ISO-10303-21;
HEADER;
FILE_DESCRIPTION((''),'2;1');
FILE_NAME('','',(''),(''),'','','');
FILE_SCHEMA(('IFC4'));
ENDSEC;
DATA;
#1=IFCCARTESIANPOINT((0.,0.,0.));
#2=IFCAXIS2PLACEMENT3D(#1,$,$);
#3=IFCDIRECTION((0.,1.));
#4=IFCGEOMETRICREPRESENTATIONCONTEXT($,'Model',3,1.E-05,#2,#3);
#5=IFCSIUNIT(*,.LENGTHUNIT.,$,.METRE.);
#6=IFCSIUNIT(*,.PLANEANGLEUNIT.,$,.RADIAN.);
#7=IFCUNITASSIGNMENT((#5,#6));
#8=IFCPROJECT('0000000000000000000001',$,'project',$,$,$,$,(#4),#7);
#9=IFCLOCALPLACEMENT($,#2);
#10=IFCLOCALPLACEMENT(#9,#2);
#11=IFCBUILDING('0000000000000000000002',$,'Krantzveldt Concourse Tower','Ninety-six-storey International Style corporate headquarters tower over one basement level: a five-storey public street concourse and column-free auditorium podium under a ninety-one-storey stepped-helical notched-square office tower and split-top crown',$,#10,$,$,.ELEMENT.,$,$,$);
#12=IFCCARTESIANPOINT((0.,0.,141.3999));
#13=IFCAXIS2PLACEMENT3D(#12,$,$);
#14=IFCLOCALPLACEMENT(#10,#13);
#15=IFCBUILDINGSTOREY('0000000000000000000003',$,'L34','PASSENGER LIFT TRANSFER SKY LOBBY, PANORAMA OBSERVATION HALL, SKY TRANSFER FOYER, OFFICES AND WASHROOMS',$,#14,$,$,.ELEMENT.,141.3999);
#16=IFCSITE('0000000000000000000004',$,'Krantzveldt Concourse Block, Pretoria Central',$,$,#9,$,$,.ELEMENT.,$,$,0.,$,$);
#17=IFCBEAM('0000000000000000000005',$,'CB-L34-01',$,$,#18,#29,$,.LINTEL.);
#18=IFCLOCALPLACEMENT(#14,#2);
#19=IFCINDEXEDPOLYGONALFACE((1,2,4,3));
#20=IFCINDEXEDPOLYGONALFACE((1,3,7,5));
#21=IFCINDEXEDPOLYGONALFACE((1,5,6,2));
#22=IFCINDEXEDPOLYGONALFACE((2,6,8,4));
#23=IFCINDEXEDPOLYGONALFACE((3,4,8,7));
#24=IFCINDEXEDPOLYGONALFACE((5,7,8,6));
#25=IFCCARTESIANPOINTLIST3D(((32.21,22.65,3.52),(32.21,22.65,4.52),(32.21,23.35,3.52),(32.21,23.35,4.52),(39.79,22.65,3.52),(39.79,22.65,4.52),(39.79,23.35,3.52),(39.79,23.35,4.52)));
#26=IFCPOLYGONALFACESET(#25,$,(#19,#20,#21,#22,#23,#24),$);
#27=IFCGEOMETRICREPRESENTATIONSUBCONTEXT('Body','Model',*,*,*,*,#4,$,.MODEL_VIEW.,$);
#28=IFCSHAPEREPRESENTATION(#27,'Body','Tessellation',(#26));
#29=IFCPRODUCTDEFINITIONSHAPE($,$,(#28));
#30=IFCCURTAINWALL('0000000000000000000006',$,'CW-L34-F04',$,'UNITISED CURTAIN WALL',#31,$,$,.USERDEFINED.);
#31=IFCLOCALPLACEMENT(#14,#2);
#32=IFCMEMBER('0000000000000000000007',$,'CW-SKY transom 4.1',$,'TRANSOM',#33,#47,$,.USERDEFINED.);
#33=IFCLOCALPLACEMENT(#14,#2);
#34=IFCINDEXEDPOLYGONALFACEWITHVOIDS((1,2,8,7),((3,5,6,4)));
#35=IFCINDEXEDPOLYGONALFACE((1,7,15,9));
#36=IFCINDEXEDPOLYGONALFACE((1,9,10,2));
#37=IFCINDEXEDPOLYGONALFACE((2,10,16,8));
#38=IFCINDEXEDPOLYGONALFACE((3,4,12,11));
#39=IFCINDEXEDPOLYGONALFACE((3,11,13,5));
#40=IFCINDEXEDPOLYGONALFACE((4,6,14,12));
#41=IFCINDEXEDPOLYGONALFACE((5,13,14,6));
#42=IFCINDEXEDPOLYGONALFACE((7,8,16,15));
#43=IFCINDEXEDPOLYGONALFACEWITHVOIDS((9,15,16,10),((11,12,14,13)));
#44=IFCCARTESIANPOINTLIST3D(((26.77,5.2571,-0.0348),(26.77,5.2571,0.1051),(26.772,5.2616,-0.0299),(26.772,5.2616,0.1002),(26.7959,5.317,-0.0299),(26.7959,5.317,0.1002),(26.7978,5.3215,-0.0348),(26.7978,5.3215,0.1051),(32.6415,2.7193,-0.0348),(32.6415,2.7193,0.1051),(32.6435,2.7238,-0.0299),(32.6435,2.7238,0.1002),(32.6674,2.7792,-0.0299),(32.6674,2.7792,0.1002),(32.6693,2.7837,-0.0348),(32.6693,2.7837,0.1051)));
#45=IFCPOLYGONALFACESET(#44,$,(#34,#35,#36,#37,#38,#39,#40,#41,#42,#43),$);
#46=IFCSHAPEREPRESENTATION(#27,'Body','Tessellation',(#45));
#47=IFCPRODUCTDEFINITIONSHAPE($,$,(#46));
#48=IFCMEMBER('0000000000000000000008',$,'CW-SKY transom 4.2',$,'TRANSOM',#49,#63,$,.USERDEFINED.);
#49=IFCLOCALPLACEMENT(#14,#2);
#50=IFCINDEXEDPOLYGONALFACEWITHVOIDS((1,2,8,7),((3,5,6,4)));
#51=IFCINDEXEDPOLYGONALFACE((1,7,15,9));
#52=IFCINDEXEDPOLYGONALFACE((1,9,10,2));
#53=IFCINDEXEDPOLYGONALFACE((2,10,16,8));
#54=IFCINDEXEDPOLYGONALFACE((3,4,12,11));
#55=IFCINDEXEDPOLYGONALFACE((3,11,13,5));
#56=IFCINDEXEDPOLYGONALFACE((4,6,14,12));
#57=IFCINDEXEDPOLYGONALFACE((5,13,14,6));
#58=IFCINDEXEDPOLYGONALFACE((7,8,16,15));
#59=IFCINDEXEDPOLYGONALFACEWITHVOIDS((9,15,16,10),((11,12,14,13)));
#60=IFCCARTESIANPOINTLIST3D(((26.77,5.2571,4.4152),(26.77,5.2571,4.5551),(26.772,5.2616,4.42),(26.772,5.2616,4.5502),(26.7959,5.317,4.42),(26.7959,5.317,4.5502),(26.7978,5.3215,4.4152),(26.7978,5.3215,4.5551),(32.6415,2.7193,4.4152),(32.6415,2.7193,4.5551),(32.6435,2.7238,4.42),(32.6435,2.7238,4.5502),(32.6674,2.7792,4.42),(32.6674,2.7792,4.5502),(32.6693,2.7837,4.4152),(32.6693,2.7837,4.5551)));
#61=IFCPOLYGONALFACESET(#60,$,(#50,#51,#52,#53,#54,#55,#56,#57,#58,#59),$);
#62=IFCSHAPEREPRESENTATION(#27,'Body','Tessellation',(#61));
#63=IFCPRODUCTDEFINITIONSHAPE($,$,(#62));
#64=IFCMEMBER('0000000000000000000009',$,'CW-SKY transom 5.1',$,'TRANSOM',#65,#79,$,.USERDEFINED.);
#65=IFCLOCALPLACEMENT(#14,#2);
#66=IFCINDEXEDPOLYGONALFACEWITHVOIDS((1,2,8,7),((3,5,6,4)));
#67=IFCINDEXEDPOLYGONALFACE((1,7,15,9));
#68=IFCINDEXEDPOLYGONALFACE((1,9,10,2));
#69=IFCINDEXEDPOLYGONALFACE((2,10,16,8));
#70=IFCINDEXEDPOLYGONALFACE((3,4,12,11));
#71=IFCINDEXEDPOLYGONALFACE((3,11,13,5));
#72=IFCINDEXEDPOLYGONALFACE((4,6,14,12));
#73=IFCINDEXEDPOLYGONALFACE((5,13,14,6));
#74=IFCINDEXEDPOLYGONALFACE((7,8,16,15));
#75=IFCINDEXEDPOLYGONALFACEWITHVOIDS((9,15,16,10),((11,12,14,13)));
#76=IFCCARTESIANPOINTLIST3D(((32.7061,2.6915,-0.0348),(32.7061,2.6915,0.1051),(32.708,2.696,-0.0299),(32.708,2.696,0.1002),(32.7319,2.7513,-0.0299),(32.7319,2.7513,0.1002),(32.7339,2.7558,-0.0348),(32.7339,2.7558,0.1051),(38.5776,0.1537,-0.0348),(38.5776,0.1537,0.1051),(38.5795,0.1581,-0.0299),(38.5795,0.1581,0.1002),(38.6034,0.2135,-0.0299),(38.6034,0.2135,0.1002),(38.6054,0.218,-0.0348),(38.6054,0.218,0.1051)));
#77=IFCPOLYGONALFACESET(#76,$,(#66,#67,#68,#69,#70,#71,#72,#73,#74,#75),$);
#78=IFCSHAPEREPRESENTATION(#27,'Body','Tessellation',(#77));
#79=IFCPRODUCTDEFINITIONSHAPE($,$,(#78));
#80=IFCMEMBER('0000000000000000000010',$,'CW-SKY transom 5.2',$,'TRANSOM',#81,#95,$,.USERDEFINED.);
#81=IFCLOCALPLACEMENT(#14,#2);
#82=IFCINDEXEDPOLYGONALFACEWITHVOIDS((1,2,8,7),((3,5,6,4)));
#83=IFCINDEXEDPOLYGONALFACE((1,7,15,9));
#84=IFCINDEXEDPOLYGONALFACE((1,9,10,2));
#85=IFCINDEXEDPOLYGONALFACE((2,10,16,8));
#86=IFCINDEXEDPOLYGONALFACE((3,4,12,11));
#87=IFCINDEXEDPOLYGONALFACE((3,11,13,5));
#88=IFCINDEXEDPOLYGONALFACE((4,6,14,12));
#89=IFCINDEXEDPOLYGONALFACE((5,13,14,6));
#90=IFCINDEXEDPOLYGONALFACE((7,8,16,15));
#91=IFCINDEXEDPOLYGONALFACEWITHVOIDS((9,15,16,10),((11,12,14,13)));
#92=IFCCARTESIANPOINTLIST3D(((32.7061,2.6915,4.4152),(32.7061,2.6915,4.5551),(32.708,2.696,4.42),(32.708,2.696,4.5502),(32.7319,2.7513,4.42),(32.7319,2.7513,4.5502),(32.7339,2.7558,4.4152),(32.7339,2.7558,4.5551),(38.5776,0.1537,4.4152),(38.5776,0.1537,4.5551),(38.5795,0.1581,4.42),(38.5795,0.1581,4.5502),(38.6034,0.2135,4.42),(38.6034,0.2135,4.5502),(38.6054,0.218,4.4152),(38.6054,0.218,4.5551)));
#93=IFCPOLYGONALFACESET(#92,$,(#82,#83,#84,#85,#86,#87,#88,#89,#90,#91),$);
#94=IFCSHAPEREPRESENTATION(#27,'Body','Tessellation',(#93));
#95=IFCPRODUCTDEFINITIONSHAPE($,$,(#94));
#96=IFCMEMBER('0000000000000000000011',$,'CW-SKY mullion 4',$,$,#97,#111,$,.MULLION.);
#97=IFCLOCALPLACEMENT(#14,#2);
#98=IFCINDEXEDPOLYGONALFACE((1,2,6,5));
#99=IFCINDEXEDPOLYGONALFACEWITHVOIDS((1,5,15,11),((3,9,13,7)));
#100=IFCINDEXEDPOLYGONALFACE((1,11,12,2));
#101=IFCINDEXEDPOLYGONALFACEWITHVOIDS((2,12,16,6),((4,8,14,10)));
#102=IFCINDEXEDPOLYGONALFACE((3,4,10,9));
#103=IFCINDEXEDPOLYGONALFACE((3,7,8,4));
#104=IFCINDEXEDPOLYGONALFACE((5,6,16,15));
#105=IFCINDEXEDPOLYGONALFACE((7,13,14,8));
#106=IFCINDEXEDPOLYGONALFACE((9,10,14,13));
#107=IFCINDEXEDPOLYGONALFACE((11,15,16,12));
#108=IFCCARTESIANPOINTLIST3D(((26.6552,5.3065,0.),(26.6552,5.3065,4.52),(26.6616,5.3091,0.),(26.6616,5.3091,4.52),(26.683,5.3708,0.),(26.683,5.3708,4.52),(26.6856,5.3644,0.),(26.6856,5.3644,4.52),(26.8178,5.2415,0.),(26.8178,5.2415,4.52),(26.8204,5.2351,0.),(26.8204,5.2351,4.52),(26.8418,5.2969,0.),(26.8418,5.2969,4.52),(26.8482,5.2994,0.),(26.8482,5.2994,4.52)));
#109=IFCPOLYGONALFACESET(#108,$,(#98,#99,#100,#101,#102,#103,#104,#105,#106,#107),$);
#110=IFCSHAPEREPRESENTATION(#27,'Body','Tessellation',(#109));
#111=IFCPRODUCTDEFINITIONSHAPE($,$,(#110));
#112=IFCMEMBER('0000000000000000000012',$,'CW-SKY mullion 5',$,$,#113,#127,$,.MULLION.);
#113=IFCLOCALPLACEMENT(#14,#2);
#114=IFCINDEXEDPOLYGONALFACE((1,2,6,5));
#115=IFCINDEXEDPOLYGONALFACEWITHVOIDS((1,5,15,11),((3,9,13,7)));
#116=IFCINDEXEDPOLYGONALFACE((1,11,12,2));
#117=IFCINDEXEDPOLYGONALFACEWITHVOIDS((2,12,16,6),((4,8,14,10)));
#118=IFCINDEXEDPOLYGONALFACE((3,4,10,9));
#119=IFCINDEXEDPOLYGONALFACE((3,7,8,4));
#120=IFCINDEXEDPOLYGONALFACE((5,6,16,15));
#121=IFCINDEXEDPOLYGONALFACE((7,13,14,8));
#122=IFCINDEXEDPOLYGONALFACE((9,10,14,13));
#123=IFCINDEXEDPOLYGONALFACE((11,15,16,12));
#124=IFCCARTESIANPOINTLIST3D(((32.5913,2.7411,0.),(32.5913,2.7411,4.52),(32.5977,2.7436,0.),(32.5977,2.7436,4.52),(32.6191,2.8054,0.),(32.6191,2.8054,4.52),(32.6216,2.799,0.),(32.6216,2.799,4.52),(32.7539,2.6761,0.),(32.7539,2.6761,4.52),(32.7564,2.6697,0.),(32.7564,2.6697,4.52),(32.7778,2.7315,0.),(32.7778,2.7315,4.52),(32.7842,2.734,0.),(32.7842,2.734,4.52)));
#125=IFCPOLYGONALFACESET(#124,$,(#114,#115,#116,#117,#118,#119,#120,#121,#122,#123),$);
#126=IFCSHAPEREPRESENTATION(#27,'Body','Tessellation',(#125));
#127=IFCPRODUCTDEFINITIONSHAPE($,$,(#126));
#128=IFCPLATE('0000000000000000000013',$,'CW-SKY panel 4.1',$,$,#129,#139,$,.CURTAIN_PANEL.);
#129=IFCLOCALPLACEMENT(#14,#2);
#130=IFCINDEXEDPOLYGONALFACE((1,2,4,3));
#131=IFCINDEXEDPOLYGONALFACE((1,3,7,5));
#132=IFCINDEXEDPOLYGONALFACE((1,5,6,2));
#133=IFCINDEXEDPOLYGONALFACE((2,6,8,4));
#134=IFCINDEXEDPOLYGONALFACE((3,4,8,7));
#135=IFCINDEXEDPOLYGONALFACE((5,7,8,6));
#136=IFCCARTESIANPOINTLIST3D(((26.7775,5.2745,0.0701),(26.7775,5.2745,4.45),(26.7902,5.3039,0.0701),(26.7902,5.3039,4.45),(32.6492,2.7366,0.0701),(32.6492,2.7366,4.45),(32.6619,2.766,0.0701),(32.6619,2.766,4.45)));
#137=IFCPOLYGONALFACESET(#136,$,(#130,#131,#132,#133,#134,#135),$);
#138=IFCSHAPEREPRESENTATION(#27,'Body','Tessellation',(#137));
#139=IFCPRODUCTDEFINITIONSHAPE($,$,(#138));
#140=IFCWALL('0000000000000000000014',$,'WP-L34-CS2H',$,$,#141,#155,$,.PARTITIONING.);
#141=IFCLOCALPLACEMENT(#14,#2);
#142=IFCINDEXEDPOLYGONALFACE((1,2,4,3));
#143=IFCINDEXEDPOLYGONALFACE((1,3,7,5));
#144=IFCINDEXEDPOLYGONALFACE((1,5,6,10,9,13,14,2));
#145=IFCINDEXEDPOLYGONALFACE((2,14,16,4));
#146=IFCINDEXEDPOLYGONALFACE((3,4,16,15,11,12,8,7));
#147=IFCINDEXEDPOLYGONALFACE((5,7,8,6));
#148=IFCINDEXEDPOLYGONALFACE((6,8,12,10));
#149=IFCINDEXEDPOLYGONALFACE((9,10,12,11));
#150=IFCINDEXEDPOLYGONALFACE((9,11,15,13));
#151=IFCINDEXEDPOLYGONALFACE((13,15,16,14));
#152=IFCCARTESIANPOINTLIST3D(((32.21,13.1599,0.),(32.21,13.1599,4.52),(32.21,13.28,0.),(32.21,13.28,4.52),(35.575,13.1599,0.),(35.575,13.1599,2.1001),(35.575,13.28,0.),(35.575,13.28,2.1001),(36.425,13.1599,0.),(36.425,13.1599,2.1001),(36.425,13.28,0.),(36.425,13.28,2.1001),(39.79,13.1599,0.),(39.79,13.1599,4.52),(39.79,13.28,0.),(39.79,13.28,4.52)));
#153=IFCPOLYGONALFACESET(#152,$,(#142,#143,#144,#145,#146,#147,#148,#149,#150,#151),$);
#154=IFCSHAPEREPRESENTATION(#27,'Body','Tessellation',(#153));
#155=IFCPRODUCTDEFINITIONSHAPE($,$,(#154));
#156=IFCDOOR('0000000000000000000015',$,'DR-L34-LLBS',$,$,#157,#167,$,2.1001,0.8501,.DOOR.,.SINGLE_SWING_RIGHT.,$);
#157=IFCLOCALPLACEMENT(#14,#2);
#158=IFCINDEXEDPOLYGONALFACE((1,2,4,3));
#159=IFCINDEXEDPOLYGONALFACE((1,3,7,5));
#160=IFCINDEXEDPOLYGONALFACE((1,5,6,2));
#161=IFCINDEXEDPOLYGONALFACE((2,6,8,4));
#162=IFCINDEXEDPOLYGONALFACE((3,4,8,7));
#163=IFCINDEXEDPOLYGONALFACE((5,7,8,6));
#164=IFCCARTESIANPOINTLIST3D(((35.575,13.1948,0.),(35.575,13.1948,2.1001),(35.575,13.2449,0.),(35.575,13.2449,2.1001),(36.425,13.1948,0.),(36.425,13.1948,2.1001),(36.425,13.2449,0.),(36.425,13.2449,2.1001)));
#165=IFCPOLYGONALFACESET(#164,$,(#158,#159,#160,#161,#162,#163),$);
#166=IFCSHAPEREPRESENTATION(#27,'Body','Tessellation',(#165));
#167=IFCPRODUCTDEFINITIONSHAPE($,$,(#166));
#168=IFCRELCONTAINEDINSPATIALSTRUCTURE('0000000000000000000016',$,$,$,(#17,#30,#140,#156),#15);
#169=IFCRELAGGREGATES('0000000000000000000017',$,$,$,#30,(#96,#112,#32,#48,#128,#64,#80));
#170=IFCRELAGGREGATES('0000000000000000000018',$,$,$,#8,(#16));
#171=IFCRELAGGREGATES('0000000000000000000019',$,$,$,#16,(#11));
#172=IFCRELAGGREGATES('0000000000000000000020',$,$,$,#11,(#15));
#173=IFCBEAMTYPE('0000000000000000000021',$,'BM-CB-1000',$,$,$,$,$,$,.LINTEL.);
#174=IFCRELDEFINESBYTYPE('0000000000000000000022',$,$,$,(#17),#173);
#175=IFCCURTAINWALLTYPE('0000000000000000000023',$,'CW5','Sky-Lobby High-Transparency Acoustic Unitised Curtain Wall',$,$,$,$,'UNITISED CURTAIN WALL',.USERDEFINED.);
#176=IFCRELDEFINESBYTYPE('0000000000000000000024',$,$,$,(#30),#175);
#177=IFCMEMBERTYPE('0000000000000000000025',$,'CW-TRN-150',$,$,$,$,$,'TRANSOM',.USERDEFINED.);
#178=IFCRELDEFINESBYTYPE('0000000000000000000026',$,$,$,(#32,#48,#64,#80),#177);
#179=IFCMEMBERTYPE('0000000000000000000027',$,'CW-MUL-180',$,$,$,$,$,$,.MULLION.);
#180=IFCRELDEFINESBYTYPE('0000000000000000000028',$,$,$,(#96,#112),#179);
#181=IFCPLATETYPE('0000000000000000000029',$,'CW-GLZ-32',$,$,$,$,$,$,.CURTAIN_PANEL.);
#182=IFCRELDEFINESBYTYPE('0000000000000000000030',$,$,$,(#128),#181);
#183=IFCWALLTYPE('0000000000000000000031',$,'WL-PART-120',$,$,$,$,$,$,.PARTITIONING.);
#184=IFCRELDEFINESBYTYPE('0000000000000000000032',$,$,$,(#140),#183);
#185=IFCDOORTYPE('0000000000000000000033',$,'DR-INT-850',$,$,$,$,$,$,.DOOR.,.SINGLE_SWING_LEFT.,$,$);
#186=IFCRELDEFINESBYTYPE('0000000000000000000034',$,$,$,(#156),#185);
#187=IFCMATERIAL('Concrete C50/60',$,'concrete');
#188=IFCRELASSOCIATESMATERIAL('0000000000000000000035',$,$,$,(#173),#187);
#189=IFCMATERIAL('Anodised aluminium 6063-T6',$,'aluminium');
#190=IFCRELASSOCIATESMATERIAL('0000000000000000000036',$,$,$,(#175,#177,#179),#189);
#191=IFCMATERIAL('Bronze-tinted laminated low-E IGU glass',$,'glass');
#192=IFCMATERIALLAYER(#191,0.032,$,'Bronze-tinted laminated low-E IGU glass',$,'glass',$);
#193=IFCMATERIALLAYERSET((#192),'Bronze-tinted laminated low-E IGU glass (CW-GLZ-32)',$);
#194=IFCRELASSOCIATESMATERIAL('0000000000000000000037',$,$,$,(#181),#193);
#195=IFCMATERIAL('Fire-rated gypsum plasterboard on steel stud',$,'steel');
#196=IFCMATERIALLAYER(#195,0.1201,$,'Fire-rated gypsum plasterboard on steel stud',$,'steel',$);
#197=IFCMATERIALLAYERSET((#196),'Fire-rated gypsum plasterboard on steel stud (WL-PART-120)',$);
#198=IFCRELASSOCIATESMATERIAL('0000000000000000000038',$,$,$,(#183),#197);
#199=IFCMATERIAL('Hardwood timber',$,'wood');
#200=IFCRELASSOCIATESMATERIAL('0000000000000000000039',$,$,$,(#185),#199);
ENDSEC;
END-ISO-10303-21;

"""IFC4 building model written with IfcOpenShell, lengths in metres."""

from ifc_helpers import new_model, si_unit, direction, frame, frame_2d, origin, origin_2d, place, context, subcontext, project, spatial, rectangle, hollow_rectangle, extrude, source, transform, mapped, material, layer, layer_set, material_profile, profile_set, type_object, type_shapes, element, fill, aggregate, save


model = new_model("IFC4")

# Units and contexts
model_context = context("Model", 3, precision=1e-05, world=origin(), true_north=direction((0.0, 1.0)))
body_context = subcontext(model_context, "Body", "Model", "MODEL_VIEW")
ifc_project = project(units=[si_unit("LENGTHUNIT", "METRE"), si_unit("PLANEANGLEUNIT", "RADIAN")], contexts=[model_context])

# Site, building, storey
site_placement = place(None, origin())
site = spatial("IfcSite", under=ifc_project, at=site_placement, Name="Krantzveldt Concourse Block, Pretoria Central", CompositionType="ELEMENT", RefElevation=0.0)
building_placement = place(site_placement, origin())
building = spatial("IfcBuilding", under=site, at=building_placement, Name="Krantzveldt Concourse Tower", Description="Ninety-six-storey International Style corporate headquarters tower over one basement level: a five-storey public street concourse and column-free auditorium podium under a ninety-one-storey stepped-helical notched-square office tower and split-top crown", CompositionType="ELEMENT")
storey_placement = place(building_placement, frame((0.0, 0.0, 141.3999)))
storey = spatial("IfcBuildingStorey", under=building, at=storey_placement, Name="L34", Description="PASSENGER LIFT TRANSFER SKY LOBBY, PANORAMA OBSERVATION HALL, SKY TRANSFER FOYER, OFFICES AND WASHROOMS", CompositionType="ELEMENT", Elevation=141.3999)

# Beam
ifc_material_1 = material(Name="Concrete C50/60", Category="concrete")
ifc_material_profile_1 = material_profile(ifc_material_1, rectangle(XDim=0.7, YDim=1.0, at=origin_2d()), Name="Concrete C50/60", Category="concrete")
ifc_profile_set_1 = profile_set([ifc_material_profile_1], Name="Concrete C50/60 - RC-CB 700x1000")
beam_type = type_object("IfcBeamType", Name="BM-CB-1000", PredefinedType="LINTEL", material=ifc_profile_set_1)
shared_shape_1 = source(origin(), body_context, "Body", "SweptSolid", [
    extrude(rectangle(XDim=0.7, YDim=1.0, at=origin_2d()), origin(), (0.0, 0.0, 1.0), 7.5801),
])
type_shapes(beam_type, [shared_shape_1])
beam_placement = place(storey_placement, frame((32.21, 23.0, 4.02), z_axis=(1.0, 0.0, 0.0), x_axis=(0.0, 1.0, 0.0)))
element("IfcBeam", 1, at=beam_placement, inside=storey, type_object=beam_type, Name="CB-L34-01", PredefinedType="LINTEL", context=body_context, shape_type="MappedRepresentation", body=[
    mapped(shared_shape_1, transform((0.0, 0.0, 0.0), x_axis=(1.0, 0.0, 0.0), y_axis=(0.0, 1.0, 0.0), z_axis=(0.0, 0.0, 1.0), scale=1.0)),
])

# Curtain wall, members, plate
ifc_material_2 = material(Name="Anodised aluminium 6063-T6", Category="aluminium")
curtain_wall_type = type_object("IfcCurtainWallType", Name="CW5", Description="Sky-Lobby High-Transparency Acoustic Unitised Curtain Wall", ElementType="UNITISED CURTAIN WALL", PredefinedType="USERDEFINED", material=ifc_material_2)
curtain_wall_placement = place(storey_placement, origin())
curtain_wall = element("IfcCurtainWall", 2, at=curtain_wall_placement, inside=storey, type_object=curtain_wall_type, Name="CW-L34-F04", ObjectType="UNITISED CURTAIN WALL", PredefinedType="USERDEFINED")
ifc_material_profile_2 = material_profile(ifc_material_2, hollow_rectangle(XDim=0.0701, YDim=0.1399, WallThickness=0.0049, at=origin_2d()), Name="Anodised aluminium 6063-T6", Category="aluminium")
ifc_profile_set_2 = profile_set([ifc_material_profile_2], Name="Anodised aluminium 6063-T6 - ALU-TRAN 140x70x5")
member_type_1 = type_object("IfcMemberType", Name="CW-TRN-150", ElementType="TRANSOM", PredefinedType="USERDEFINED", material=ifc_profile_set_2)
shared_shape_2 = source(origin(), body_context, "Body", "SweptSolid", [
    extrude(hollow_rectangle(XDim=0.0701, YDim=0.1399, WallThickness=0.0049, at=origin_2d()), origin(), (0.0, 0.0, 1.0), 6.3965),
])
type_shapes(member_type_1, [shared_shape_2])
member_1_placement = place(storey_placement, frame((26.7839, 5.2893, 0.0352), z_axis=(0.917927, -0.39675, 0.0), x_axis=(0.39675, 0.917927, 0.0)))
member_1 = element("IfcMember", 3, at=member_1_placement, type_object=member_type_1, Name="CW-SKY transom 4.1", ObjectType="TRANSOM", PredefinedType="USERDEFINED", context=body_context, shape_type="MappedRepresentation", body=[
    mapped(shared_shape_2, transform((0.0, 0.0, 0.0), x_axis=(1.0, 0.0, 0.0), y_axis=(0.0, 1.0, 0.0), z_axis=(0.0, 0.0, 1.0), scale=1.0)),
])
member_2_placement = place(storey_placement, frame((26.7839, 5.2893, 4.4851), z_axis=(0.917927, -0.39675, 0.0), x_axis=(0.39675, 0.917927, 0.0)))
member_2 = element("IfcMember", 4, at=member_2_placement, type_object=member_type_1, Name="CW-SKY transom 4.2", ObjectType="TRANSOM", PredefinedType="USERDEFINED", context=body_context, shape_type="MappedRepresentation", body=[
    mapped(shared_shape_2, transform((0.0, 0.0, 0.0), x_axis=(1.0, 0.0, 0.0), y_axis=(0.0, 1.0, 0.0), z_axis=(0.0, 0.0, 1.0), scale=1.0)),
])
member_3_placement = place(storey_placement, frame((32.72, 2.7236, 0.0352), z_axis=(0.917927, -0.39675, 0.0), x_axis=(0.39675, 0.917927, 0.0)))
member_3 = element("IfcMember", 5, at=member_3_placement, type_object=member_type_1, Name="CW-SKY transom 5.1", ObjectType="TRANSOM", PredefinedType="USERDEFINED", context=body_context, shape_type="MappedRepresentation", body=[
    mapped(shared_shape_2, transform((0.0, 0.0, 0.0), x_axis=(1.0, 0.0, 0.0), y_axis=(0.0, 1.0, 0.0), z_axis=(0.0, 0.0, 1.0), scale=1.0)),
])
member_4_placement = place(storey_placement, frame((32.72, 2.7236, 4.4851), z_axis=(0.917927, -0.39675, 0.0), x_axis=(0.39675, 0.917927, 0.0)))
member_4 = element("IfcMember", 6, at=member_4_placement, type_object=member_type_1, Name="CW-SKY transom 5.2", ObjectType="TRANSOM", PredefinedType="USERDEFINED", context=body_context, shape_type="MappedRepresentation", body=[
    mapped(shared_shape_2, transform((0.0, 0.0, 0.0), x_axis=(1.0, 0.0, 0.0), y_axis=(0.0, 1.0, 0.0), z_axis=(0.0, 0.0, 1.0), scale=1.0)),
])
ifc_material_profile_3 = material_profile(ifc_material_2, hollow_rectangle(XDim=0.0701, YDim=0.1799, WallThickness=0.0049, at=origin_2d()), Name="Anodised aluminium 6063-T6", Category="aluminium")
ifc_profile_set_3 = profile_set([ifc_material_profile_3], Name="Anodised aluminium 6063-T6 - ALU-MULL 180x70x5")
member_type_2 = type_object("IfcMemberType", Name="CW-MUL-180", PredefinedType="MULLION", material=ifc_profile_set_3)
shared_shape_3 = source(origin(), body_context, "Body", "SweptSolid", [
    extrude(hollow_rectangle(XDim=0.0701, YDim=0.1799, WallThickness=0.0049, at=origin_2d()), origin(), (0.0, 0.0, 1.0), 4.52),
])
type_shapes(member_type_2, [shared_shape_3])
member_5_placement = place(storey_placement, frame((26.7517, 5.303, 0.0), z_axis=(0.0, 0.0, 1.0), x_axis=(0.396747, 0.917928, 0.0)))
member_5 = element("IfcMember", 7, at=member_5_placement, type_object=member_type_2, Name="CW-SKY mullion 4", PredefinedType="MULLION", context=body_context, shape_type="MappedRepresentation", body=[
    mapped(shared_shape_3, transform((0.0, 0.0, 0.0), x_axis=(1.0, 0.0, 0.0), y_axis=(0.0, 1.0, 0.0), z_axis=(0.0, 0.0, 1.0), scale=1.0)),
])
member_6_placement = place(storey_placement, frame((32.6877, 2.7375, 0.0), z_axis=(0.0, 0.0, 1.0), x_axis=(0.396747, 0.917928, 0.0)))
member_6 = element("IfcMember", 8, at=member_6_placement, type_object=member_type_2, Name="CW-SKY mullion 5", PredefinedType="MULLION", context=body_context, shape_type="MappedRepresentation", body=[
    mapped(shared_shape_3, transform((0.0, 0.0, 0.0), x_axis=(1.0, 0.0, 0.0), y_axis=(0.0, 1.0, 0.0), z_axis=(0.0, 0.0, 1.0), scale=1.0)),
])
ifc_material_3 = material(Name="Bronze-tinted laminated low-E IGU glass", Category="glass")
ifc_layer_1 = layer(ifc_material_3, 0.032, Name="Bronze-tinted laminated low-E IGU glass", Category="glass")
ifc_layer_set_1 = layer_set([ifc_layer_1], Name="Bronze-tinted laminated low-E IGU glass (CW-GLZ-32)")
plate_type = type_object("IfcPlateType", Name="CW-GLZ-32", PredefinedType="CURTAIN_PANEL", material=ifc_layer_set_1)
shared_shape_4 = source(origin(), body_context, "Body", "SweptSolid", [
    extrude(rectangle(XDim=6.3967, YDim=0.032, at=origin_2d()), origin(), (0.0, 0.0, 1.0), 4.3799),
])
type_shapes(plate_type, [shared_shape_4])
plate_placement = place(storey_placement, frame((29.7197, 4.0203, 0.0701), z_axis=(0.0, 0.0, 1.0), x_axis=(0.917928, -0.396747, 0.0)))
plate = element("IfcPlate", 9, at=plate_placement, type_object=plate_type, Name="CW-SKY panel 4.1", PredefinedType="CURTAIN_PANEL", context=body_context, shape_type="MappedRepresentation", body=[
    mapped(shared_shape_4, transform((0.0, 0.0, 0.0), x_axis=(1.0, 0.0, 0.0), y_axis=(0.0, 1.0, 0.0), z_axis=(0.0, 0.0, 1.0), scale=1.0)),
])
aggregate(curtain_wall, [member_5, member_6, member_1, member_2, plate, member_3, member_4])

# Wall, opening, door
ifc_material_4 = material(Name="Fire-rated gypsum plasterboard on steel stud", Category="steel")
ifc_layer_2 = layer(ifc_material_4, 0.1201, Name="Fire-rated gypsum plasterboard on steel stud", Category="steel")
ifc_layer_set_2 = layer_set([ifc_layer_2], Name="Fire-rated gypsum plasterboard on steel stud (WL-PART-120)")
wall_type_1 = type_object("IfcWallType", Name="WL-PART-120", PredefinedType="PARTITIONING", material=ifc_layer_set_2)
wall_1_placement = place(storey_placement, frame((32.21, 13.22, 0.0), z_axis=(0.0, 0.0, 1.0), x_axis=(1.0, 0.0, 0.0)))
wall_1 = element("IfcWall", 10, at=wall_1_placement, inside=storey, type_object=wall_type_1, Name="WP-L34-CS2H", PredefinedType="PARTITIONING", context=body_context, shape_type="SweptSolid", body=[
    extrude(rectangle(XDim=7.5801, YDim=0.1201, at=frame_2d((3.79, 0.0))), origin(), (0.0, 0.0, 1.0), 4.52),
])
opening_1_placement = place(wall_1_placement, frame((3.365, 0.0, 0.0)))
opening_1 = element("IfcOpeningElement", 11, at=opening_1_placement, cuts=wall_1, PredefinedType="OPENING", context=body_context, shape_type="SweptSolid", body=[
    extrude(rectangle(XDim=0.8501, YDim=2.1001, at=frame_2d((0.425, 1.05))), frame((0.0, 0.0701, 0.0), z_axis=(0.0, -1.0, 0.0), x_axis=(1.0, 0.0, 0.0)), (0.0, 0.0, 1.0), 0.1401),
])
ifc_material_5 = material(Name="Hardwood timber", Category="wood")
door_type_1 = type_object("IfcDoorType", Name="DR-INT-850", OperationType="SINGLE_SWING_LEFT", PredefinedType="DOOR", material=ifc_material_5)
door_1_placement = place(opening_1_placement, origin())
door_1 = element("IfcDoor", 12, at=door_1_placement, inside=storey, type_object=door_type_1, Name="DR-L34-LLBS", OperationType="SINGLE_SWING_RIGHT", OverallHeight=2.1001, OverallWidth=0.8501, PredefinedType="DOOR", context=body_context, shape_type="SweptSolid", body=[
    extrude(rectangle(XDim=0.8501, YDim=2.1001, at=frame_2d((0.425, 1.05))), frame((0.0, 0.0249, 0.0), z_axis=(0.0, -1.0, 0.0), x_axis=(1.0, 0.0, 0.0)), (0.0, 0.0, 1.0), 0.05),
])
fill(opening_1, door_1)

save(model, "model.ifc")
